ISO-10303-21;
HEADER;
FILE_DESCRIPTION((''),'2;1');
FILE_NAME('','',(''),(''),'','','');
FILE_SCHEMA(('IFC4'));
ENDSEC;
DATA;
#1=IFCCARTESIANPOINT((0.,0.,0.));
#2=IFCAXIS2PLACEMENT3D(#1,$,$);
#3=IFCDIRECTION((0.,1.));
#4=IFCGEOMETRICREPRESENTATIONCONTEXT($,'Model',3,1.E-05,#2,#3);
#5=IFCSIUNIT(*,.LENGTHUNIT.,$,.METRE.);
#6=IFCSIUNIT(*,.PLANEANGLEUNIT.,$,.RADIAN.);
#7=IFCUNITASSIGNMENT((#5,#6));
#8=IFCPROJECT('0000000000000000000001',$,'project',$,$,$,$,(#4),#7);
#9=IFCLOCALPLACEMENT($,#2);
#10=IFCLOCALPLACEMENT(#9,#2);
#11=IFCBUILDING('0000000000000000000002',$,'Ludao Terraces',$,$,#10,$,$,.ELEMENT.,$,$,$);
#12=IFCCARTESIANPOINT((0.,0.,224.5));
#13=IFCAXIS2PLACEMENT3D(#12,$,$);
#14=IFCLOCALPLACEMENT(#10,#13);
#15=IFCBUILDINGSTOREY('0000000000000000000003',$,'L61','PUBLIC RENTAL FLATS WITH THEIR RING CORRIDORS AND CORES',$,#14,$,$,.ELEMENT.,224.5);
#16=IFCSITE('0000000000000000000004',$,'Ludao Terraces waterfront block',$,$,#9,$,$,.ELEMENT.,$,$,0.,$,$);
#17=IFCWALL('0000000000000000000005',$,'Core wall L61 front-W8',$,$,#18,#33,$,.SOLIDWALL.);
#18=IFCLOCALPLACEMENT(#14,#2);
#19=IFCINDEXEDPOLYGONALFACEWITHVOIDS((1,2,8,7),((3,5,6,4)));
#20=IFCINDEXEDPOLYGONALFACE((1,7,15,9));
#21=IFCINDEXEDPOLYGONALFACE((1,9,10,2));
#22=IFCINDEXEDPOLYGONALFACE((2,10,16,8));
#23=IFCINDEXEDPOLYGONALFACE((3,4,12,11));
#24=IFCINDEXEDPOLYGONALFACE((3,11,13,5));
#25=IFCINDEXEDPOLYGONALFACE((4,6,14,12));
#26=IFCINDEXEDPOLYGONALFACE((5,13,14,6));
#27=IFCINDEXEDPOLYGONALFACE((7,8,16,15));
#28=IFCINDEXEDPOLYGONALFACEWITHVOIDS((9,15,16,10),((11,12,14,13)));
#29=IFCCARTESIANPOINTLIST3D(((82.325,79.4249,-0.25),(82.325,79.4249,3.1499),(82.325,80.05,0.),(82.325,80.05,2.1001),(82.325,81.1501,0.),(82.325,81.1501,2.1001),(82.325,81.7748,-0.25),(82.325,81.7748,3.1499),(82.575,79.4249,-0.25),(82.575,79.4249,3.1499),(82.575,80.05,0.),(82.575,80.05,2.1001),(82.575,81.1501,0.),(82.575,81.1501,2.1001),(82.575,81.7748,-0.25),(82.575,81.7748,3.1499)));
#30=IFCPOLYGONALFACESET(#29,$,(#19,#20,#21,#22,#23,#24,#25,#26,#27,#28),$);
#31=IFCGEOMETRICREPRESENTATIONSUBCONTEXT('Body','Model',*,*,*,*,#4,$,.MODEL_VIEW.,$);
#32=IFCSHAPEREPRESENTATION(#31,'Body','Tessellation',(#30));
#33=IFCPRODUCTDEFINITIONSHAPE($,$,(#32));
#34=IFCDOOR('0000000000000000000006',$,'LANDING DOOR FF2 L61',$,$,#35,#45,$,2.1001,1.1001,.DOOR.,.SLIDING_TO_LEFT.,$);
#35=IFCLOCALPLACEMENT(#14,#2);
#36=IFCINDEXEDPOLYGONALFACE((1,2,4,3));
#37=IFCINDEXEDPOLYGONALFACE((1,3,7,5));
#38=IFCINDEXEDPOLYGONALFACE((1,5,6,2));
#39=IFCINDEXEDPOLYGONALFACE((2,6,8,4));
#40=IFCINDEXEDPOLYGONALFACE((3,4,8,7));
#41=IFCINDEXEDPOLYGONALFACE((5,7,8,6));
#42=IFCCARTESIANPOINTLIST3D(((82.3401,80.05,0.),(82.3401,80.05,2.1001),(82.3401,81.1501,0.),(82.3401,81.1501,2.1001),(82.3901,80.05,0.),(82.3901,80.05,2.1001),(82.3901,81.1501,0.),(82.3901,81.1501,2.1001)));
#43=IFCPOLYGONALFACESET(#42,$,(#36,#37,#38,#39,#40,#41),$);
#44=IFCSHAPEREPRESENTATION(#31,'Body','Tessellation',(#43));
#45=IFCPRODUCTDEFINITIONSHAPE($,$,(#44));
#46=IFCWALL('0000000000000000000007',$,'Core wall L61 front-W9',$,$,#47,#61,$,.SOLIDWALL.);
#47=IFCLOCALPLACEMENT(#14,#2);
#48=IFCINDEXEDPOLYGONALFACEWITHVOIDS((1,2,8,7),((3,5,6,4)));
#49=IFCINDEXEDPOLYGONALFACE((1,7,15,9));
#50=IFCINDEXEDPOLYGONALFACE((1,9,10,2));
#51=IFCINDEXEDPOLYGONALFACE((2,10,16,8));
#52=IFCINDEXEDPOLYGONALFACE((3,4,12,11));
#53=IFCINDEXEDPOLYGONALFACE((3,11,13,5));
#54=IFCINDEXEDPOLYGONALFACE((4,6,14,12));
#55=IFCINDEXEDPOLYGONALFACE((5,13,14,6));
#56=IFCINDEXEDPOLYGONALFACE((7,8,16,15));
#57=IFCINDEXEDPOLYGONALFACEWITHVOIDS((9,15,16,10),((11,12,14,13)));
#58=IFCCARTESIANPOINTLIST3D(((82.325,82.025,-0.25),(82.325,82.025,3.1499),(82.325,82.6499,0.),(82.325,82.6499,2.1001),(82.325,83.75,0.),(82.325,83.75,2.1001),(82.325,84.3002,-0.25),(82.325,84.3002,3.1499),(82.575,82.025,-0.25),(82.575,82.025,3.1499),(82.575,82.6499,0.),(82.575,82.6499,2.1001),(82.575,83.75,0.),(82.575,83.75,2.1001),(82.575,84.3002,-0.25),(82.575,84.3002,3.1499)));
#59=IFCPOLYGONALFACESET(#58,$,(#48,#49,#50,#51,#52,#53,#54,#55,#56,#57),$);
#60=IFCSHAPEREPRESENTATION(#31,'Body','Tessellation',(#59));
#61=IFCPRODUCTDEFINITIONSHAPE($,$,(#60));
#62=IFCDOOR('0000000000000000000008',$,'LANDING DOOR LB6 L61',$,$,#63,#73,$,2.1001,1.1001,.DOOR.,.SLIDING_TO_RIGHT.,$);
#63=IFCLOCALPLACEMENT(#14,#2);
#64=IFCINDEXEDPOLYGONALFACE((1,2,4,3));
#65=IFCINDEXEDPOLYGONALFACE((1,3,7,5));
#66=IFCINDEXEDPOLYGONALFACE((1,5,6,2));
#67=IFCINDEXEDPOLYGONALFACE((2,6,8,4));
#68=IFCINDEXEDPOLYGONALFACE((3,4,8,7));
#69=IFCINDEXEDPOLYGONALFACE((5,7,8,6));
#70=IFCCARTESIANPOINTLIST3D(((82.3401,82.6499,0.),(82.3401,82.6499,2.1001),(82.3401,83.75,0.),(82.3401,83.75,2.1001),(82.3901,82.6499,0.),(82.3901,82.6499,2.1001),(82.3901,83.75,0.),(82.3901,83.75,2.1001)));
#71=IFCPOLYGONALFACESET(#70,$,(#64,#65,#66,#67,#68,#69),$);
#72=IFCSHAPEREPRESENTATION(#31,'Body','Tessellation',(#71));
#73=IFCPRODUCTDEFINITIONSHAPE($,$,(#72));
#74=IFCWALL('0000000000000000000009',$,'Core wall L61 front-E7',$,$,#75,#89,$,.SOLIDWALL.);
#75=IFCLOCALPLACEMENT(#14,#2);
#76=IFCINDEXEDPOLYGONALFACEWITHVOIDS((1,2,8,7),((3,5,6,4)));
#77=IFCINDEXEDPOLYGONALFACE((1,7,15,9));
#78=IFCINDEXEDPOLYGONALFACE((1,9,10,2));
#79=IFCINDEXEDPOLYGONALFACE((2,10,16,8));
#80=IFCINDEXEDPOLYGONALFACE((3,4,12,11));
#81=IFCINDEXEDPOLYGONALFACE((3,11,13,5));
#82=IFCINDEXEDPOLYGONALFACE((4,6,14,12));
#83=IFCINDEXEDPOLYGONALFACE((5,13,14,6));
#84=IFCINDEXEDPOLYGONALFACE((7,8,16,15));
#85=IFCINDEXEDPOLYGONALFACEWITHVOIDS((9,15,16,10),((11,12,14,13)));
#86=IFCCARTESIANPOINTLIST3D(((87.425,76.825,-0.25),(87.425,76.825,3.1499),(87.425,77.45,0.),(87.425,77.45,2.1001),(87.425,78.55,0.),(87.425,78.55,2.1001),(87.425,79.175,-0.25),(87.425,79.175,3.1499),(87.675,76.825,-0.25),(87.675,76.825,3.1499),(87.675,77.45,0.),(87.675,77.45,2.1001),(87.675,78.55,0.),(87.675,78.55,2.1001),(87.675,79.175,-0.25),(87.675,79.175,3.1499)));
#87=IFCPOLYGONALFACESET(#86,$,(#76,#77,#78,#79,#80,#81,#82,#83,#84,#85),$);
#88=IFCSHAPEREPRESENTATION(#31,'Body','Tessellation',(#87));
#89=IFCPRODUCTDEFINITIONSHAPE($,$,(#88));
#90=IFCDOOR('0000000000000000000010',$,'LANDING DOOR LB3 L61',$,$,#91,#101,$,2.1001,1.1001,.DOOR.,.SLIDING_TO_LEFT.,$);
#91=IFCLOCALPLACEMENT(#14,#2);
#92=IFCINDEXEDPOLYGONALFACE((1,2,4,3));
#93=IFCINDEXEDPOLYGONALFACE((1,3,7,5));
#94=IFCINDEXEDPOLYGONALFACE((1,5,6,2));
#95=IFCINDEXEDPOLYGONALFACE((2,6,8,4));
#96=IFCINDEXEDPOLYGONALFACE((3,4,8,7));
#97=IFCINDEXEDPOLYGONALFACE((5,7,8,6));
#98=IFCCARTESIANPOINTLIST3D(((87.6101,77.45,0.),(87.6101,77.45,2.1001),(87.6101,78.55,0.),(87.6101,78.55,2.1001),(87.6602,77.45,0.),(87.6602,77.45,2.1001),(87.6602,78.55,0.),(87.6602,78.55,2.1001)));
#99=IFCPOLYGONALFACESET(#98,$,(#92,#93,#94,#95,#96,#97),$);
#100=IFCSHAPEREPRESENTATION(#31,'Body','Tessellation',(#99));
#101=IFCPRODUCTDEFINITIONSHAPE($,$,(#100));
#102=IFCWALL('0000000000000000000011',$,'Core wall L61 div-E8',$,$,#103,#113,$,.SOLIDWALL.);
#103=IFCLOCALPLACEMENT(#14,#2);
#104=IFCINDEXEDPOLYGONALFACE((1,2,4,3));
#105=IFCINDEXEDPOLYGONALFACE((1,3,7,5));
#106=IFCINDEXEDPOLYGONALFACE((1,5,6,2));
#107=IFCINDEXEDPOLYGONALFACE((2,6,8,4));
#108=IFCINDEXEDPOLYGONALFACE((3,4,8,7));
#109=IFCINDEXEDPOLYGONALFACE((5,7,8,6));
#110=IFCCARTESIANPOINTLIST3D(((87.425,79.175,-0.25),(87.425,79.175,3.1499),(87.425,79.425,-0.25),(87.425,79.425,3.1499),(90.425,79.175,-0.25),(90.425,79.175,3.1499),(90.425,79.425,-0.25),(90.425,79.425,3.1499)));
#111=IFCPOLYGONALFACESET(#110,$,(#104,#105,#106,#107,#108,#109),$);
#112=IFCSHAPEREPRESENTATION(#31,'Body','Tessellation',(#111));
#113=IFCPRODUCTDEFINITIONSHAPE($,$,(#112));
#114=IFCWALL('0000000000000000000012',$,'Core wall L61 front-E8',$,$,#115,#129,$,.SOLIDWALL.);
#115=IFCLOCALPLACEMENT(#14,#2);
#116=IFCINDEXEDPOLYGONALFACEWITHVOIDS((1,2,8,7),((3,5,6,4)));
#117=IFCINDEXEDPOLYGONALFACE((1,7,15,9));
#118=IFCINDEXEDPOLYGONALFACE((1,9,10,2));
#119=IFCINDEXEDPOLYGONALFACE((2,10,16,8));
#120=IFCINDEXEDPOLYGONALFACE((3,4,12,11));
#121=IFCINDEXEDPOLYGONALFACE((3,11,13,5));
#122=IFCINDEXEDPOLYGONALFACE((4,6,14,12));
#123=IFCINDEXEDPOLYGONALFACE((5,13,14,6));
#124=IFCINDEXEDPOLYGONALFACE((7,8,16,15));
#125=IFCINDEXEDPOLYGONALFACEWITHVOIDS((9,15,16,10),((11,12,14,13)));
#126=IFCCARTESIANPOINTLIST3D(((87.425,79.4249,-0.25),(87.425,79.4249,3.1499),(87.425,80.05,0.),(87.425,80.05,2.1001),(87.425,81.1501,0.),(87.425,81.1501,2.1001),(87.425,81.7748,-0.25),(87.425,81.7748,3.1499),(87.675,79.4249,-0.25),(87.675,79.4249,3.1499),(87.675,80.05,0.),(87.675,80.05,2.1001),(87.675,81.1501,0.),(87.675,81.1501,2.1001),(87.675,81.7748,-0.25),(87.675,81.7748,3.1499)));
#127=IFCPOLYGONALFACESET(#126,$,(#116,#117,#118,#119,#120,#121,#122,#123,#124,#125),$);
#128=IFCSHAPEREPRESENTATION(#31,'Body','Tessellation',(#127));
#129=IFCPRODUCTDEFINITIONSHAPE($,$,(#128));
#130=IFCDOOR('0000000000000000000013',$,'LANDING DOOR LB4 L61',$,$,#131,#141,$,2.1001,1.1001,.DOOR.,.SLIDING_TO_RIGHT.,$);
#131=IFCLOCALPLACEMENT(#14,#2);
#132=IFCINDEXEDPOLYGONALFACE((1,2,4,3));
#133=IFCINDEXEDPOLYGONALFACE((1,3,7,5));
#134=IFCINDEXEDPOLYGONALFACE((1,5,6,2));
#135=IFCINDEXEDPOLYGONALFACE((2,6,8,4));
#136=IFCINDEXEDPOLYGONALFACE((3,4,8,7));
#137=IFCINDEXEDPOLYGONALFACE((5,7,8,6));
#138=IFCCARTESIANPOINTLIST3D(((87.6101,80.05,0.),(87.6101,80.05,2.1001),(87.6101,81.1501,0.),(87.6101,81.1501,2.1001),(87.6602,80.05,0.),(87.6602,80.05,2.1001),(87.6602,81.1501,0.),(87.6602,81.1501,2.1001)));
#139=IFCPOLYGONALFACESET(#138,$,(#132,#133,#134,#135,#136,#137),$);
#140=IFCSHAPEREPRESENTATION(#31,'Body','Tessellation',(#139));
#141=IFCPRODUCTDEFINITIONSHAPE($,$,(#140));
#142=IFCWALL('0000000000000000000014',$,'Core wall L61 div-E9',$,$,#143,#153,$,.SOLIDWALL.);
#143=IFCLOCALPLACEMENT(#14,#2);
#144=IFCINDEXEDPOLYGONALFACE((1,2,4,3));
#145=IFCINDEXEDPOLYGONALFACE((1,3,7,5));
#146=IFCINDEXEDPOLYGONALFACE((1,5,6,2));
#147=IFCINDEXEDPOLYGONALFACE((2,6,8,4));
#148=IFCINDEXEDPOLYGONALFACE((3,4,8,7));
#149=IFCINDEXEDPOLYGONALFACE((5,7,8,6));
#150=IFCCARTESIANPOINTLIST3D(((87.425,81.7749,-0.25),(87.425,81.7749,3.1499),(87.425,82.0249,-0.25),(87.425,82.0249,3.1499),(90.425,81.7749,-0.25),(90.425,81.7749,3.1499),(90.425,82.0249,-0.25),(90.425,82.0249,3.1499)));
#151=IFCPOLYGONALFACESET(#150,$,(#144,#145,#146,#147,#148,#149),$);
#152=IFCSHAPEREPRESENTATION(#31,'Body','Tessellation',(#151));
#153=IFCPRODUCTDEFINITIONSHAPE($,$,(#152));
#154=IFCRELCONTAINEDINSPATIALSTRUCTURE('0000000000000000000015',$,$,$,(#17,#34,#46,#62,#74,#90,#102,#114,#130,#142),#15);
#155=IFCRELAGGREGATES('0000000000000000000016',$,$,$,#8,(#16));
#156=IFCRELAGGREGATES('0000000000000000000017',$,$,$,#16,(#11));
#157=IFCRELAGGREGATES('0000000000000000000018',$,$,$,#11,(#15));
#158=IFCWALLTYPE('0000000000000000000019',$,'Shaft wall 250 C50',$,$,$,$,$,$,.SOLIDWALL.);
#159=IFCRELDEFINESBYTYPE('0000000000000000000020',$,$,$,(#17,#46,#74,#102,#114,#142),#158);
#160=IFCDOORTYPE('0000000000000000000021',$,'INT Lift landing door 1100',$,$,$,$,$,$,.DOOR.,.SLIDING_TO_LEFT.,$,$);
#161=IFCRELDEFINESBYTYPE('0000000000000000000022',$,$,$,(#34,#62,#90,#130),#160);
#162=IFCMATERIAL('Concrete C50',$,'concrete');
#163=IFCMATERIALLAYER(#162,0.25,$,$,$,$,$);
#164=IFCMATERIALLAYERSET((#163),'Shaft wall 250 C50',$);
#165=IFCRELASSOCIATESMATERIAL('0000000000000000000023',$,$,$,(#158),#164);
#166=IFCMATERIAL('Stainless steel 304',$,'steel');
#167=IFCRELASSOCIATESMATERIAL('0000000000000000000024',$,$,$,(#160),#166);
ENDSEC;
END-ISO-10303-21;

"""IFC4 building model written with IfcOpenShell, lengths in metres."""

from ifc_helpers import new_model, si_unit, direction, frame, frame_2d, origin, place, context, subcontext, project, spatial, rectangle, extrude, material, layer, layer_set, type_object, element, fill, save


model = new_model("IFC4")

# Units and contexts
model_context = context("Model", 3, precision=1e-05, world=origin(), true_north=direction((0.0, 1.0)))
body_context = subcontext(model_context, "Body", "Model", "MODEL_VIEW")
ifc_project = project(units=[si_unit("LENGTHUNIT", "METRE"), si_unit("PLANEANGLEUNIT", "RADIAN")], contexts=[model_context])

# Site, building, storey
site_placement = place(None, origin())
site = spatial("IfcSite", under=ifc_project, at=site_placement, Name="Ludao Terraces waterfront block", CompositionType="ELEMENT", RefElevation=0.0)
building_placement = place(site_placement, origin())
building = spatial("IfcBuilding", under=site, at=building_placement, Name="Ludao Terraces", CompositionType="ELEMENT")
storey_placement = place(building_placement, frame((0.0, 0.0, 224.5)))
storey = spatial("IfcBuildingStorey", under=building, at=storey_placement, Name="L61", Description="PUBLIC RENTAL FLATS WITH THEIR RING CORRIDORS AND CORES", CompositionType="ELEMENT", Elevation=224.5)

# Shared definitions
ifc_material_1 = material(Name="Concrete C50", Category="concrete")

# Shared definitions
ifc_layer_1 = layer(ifc_material_1, 0.25)
ifc_layer_set_1 = layer_set([ifc_layer_1], Name="Shaft wall 250 C50")
wall_type_1 = type_object("IfcWallType", Name="Shaft wall 250 C50", PredefinedType="SOLIDWALL", material=ifc_layer_set_1)

# Walls, openings, doors
ifc_material_2 = material(Name="Stainless steel 304", Category="steel")
door_type_1 = type_object("IfcDoorType", Name="INT Lift landing door 1100", OperationType="SLIDING_TO_LEFT", PredefinedType="DOOR", material=ifc_material_2)
wall_1_placement = place(storey_placement, frame((82.45, 79.425, -0.25), z_axis=(0.0, 0.0, 1.0), x_axis=(0.0, 1.0, 0.0)))
wall_1 = element("IfcWall", 1, at=wall_1_placement, inside=storey, type_object=wall_type_1, Name="Core wall L61 front-W8", PredefinedType="SOLIDWALL", context=body_context, shape_type="SweptSolid", body=[
    extrude(rectangle(XDim=2.3499, YDim=0.25, at=frame_2d((1.1748, 0.0))), origin(), (0.0, 0.0, 1.0), 3.3999),
])
opening_1_placement = place(wall_1_placement, frame((0.625, 0.0, 0.25)))
opening_1 = element("IfcOpeningElement", 2, at=opening_1_placement, cuts=wall_1, PredefinedType="OPENING", context=body_context, shape_type="SweptSolid", body=[
    extrude(rectangle(XDim=1.1001, YDim=2.1001, at=frame_2d((0.55, 1.05))), frame((0.0, 0.135, 0.0), z_axis=(0.0, -1.0, 0.0), x_axis=(1.0, 0.0, 0.0)), (0.0, 0.0, 1.0), 0.27),
])
door_1_placement = place(opening_1_placement, origin())
door_1 = element("IfcDoor", 3, at=door_1_placement, inside=storey, type_object=door_type_1, Name="LANDING DOOR FF2 L61", OperationType="SLIDING_TO_LEFT", OverallHeight=2.1001, OverallWidth=1.1001, PredefinedType="DOOR", context=body_context, shape_type="SweptSolid", body=[
    extrude(rectangle(XDim=1.1001, YDim=2.1001, at=frame_2d((0.55, 1.05))), frame((0.0, 0.1099, 0.0), z_axis=(0.0, -1.0, 0.0), x_axis=(1.0, 0.0, 0.0)), (0.0, 0.0, 1.0), 0.05),
])
fill(opening_1, door_1)
wall_2_placement = place(storey_placement, frame((82.45, 82.0249, -0.25), z_axis=(0.0, 0.0, 1.0), x_axis=(0.0, 1.0, 0.0)))
wall_2 = element("IfcWall", 4, at=wall_2_placement, inside=storey, type_object=wall_type_1, Name="Core wall L61 front-W9", PredefinedType="SOLIDWALL", context=body_context, shape_type="SweptSolid", body=[
    extrude(rectangle(XDim=2.2751, YDim=0.25, at=frame_2d((1.1377, 0.0))), origin(), (0.0, 0.0, 1.0), 3.3999),
])
opening_2_placement = place(wall_2_placement, frame((0.625, 0.0, 0.25)))
opening_2 = element("IfcOpeningElement", 5, at=opening_2_placement, cuts=wall_2, PredefinedType="OPENING", context=body_context, shape_type="SweptSolid", body=[
    extrude(rectangle(XDim=1.1001, YDim=2.1001, at=frame_2d((0.55, 1.05))), frame((0.0, 0.135, 0.0), z_axis=(0.0, -1.0, 0.0), x_axis=(1.0, 0.0, 0.0)), (0.0, 0.0, 1.0), 0.27),
])
door_2_placement = place(opening_2_placement, origin())
door_2 = element("IfcDoor", 6, at=door_2_placement, inside=storey, type_object=door_type_1, Name="LANDING DOOR LB6 L61", OperationType="SLIDING_TO_RIGHT", OverallHeight=2.1001, OverallWidth=1.1001, PredefinedType="DOOR", context=body_context, shape_type="SweptSolid", body=[
    extrude(rectangle(XDim=1.1001, YDim=2.1001, at=frame_2d((0.55, 1.05))), frame((0.0, 0.1099, 0.0), z_axis=(0.0, -1.0, 0.0), x_axis=(1.0, 0.0, 0.0)), (0.0, 0.0, 1.0), 0.05),
])
fill(opening_2, door_2)
wall_3_placement = place(storey_placement, frame((87.55, 76.825, -0.25), z_axis=(0.0, 0.0, 1.0), x_axis=(0.0, 1.0, 0.0)))
wall_3 = element("IfcWall", 7, at=wall_3_placement, inside=storey, type_object=wall_type_1, Name="Core wall L61 front-E7", PredefinedType="SOLIDWALL", context=body_context, shape_type="SweptSolid", body=[
    extrude(rectangle(XDim=2.3501, YDim=0.25, at=frame_2d((1.175, 0.0))), origin(), (0.0, 0.0, 1.0), 3.3999),
])
opening_3_placement = place(wall_3_placement, frame((0.625, 0.0, 0.25)))
opening_3 = element("IfcOpeningElement", 8, at=opening_3_placement, cuts=wall_3, PredefinedType="OPENING", context=body_context, shape_type="SweptSolid", body=[
    extrude(rectangle(XDim=1.1001, YDim=2.1001, at=frame_2d((0.55, 1.05))), frame((0.0, 0.135, 0.0), z_axis=(0.0, -1.0, 0.0), x_axis=(1.0, 0.0, 0.0)), (0.0, 0.0, 1.0), 0.27),
])
door_3_placement = place(opening_3_placement, origin())
door_3 = element("IfcDoor", 9, at=door_3_placement, inside=storey, type_object=door_type_1, Name="LANDING DOOR LB3 L61", OperationType="SLIDING_TO_LEFT", OverallHeight=2.1001, OverallWidth=1.1001, PredefinedType="DOOR", context=body_context, shape_type="SweptSolid", body=[
    extrude(rectangle(XDim=1.1001, YDim=2.1001, at=frame_2d((0.55, 1.05))), frame((0.0, -0.0601, 0.0), z_axis=(0.0, -1.0, 0.0), x_axis=(1.0, 0.0, 0.0)), (0.0, 0.0, 1.0), 0.05),
])
fill(opening_3, door_3)

# Wall
wall_4_placement = place(storey_placement, frame((87.425, 79.3, -0.25), z_axis=(0.0, 0.0, 1.0), x_axis=(1.0, 0.0, 0.0)))
element("IfcWall", 10, at=wall_4_placement, inside=storey, type_object=wall_type_1, Name="Core wall L61 div-E8", PredefinedType="SOLIDWALL", context=body_context, shape_type="SweptSolid", body=[
    extrude(rectangle(XDim=3.0, YDim=0.25, at=frame_2d((1.5, 0.0))), origin(), (0.0, 0.0, 1.0), 3.3999),
])

# Wall, opening, door
wall_5_placement = place(storey_placement, frame((87.55, 79.425, -0.25), z_axis=(0.0, 0.0, 1.0), x_axis=(0.0, 1.0, 0.0)))
wall_5 = element("IfcWall", 11, at=wall_5_placement, inside=storey, type_object=wall_type_1, Name="Core wall L61 front-E8", PredefinedType="SOLIDWALL", context=body_context, shape_type="SweptSolid", body=[
    extrude(rectangle(XDim=2.3499, YDim=0.25, at=frame_2d((1.1748, 0.0))), origin(), (0.0, 0.0, 1.0), 3.3999),
])
opening_4_placement = place(wall_5_placement, frame((0.625, 0.0, 0.25)))
opening_4 = element("IfcOpeningElement", 12, at=opening_4_placement, cuts=wall_5, PredefinedType="OPENING", context=body_context, shape_type="SweptSolid", body=[
    extrude(rectangle(XDim=1.1001, YDim=2.1001, at=frame_2d((0.55, 1.05))), frame((0.0, 0.135, 0.0), z_axis=(0.0, -1.0, 0.0), x_axis=(1.0, 0.0, 0.0)), (0.0, 0.0, 1.0), 0.27),
])
door_4_placement = place(opening_4_placement, origin())
door_4 = element("IfcDoor", 13, at=door_4_placement, inside=storey, type_object=door_type_1, Name="LANDING DOOR LB4 L61", OperationType="SLIDING_TO_RIGHT", OverallHeight=2.1001, OverallWidth=1.1001, PredefinedType="DOOR", context=body_context, shape_type="SweptSolid", body=[
    extrude(rectangle(XDim=1.1001, YDim=2.1001, at=frame_2d((0.55, 1.05))), frame((0.0, -0.0601, 0.0), z_axis=(0.0, -1.0, 0.0), x_axis=(1.0, 0.0, 0.0)), (0.0, 0.0, 1.0), 0.05),
])
fill(opening_4, door_4)

# Wall
wall_6_placement = place(storey_placement, frame((87.425, 81.8999, -0.25), z_axis=(0.0, 0.0, 1.0), x_axis=(1.0, 0.0, 0.0)))
element("IfcWall", 14, at=wall_6_placement, inside=storey, type_object=wall_type_1, Name="Core wall L61 div-E9", PredefinedType="SOLIDWALL", context=body_context, shape_type="SweptSolid", body=[
    extrude(rectangle(XDim=3.0, YDim=0.25, at=frame_2d((1.5, 0.0))), origin(), (0.0, 0.0, 1.0), 3.3999),
])

save(model, "model.ifc")
